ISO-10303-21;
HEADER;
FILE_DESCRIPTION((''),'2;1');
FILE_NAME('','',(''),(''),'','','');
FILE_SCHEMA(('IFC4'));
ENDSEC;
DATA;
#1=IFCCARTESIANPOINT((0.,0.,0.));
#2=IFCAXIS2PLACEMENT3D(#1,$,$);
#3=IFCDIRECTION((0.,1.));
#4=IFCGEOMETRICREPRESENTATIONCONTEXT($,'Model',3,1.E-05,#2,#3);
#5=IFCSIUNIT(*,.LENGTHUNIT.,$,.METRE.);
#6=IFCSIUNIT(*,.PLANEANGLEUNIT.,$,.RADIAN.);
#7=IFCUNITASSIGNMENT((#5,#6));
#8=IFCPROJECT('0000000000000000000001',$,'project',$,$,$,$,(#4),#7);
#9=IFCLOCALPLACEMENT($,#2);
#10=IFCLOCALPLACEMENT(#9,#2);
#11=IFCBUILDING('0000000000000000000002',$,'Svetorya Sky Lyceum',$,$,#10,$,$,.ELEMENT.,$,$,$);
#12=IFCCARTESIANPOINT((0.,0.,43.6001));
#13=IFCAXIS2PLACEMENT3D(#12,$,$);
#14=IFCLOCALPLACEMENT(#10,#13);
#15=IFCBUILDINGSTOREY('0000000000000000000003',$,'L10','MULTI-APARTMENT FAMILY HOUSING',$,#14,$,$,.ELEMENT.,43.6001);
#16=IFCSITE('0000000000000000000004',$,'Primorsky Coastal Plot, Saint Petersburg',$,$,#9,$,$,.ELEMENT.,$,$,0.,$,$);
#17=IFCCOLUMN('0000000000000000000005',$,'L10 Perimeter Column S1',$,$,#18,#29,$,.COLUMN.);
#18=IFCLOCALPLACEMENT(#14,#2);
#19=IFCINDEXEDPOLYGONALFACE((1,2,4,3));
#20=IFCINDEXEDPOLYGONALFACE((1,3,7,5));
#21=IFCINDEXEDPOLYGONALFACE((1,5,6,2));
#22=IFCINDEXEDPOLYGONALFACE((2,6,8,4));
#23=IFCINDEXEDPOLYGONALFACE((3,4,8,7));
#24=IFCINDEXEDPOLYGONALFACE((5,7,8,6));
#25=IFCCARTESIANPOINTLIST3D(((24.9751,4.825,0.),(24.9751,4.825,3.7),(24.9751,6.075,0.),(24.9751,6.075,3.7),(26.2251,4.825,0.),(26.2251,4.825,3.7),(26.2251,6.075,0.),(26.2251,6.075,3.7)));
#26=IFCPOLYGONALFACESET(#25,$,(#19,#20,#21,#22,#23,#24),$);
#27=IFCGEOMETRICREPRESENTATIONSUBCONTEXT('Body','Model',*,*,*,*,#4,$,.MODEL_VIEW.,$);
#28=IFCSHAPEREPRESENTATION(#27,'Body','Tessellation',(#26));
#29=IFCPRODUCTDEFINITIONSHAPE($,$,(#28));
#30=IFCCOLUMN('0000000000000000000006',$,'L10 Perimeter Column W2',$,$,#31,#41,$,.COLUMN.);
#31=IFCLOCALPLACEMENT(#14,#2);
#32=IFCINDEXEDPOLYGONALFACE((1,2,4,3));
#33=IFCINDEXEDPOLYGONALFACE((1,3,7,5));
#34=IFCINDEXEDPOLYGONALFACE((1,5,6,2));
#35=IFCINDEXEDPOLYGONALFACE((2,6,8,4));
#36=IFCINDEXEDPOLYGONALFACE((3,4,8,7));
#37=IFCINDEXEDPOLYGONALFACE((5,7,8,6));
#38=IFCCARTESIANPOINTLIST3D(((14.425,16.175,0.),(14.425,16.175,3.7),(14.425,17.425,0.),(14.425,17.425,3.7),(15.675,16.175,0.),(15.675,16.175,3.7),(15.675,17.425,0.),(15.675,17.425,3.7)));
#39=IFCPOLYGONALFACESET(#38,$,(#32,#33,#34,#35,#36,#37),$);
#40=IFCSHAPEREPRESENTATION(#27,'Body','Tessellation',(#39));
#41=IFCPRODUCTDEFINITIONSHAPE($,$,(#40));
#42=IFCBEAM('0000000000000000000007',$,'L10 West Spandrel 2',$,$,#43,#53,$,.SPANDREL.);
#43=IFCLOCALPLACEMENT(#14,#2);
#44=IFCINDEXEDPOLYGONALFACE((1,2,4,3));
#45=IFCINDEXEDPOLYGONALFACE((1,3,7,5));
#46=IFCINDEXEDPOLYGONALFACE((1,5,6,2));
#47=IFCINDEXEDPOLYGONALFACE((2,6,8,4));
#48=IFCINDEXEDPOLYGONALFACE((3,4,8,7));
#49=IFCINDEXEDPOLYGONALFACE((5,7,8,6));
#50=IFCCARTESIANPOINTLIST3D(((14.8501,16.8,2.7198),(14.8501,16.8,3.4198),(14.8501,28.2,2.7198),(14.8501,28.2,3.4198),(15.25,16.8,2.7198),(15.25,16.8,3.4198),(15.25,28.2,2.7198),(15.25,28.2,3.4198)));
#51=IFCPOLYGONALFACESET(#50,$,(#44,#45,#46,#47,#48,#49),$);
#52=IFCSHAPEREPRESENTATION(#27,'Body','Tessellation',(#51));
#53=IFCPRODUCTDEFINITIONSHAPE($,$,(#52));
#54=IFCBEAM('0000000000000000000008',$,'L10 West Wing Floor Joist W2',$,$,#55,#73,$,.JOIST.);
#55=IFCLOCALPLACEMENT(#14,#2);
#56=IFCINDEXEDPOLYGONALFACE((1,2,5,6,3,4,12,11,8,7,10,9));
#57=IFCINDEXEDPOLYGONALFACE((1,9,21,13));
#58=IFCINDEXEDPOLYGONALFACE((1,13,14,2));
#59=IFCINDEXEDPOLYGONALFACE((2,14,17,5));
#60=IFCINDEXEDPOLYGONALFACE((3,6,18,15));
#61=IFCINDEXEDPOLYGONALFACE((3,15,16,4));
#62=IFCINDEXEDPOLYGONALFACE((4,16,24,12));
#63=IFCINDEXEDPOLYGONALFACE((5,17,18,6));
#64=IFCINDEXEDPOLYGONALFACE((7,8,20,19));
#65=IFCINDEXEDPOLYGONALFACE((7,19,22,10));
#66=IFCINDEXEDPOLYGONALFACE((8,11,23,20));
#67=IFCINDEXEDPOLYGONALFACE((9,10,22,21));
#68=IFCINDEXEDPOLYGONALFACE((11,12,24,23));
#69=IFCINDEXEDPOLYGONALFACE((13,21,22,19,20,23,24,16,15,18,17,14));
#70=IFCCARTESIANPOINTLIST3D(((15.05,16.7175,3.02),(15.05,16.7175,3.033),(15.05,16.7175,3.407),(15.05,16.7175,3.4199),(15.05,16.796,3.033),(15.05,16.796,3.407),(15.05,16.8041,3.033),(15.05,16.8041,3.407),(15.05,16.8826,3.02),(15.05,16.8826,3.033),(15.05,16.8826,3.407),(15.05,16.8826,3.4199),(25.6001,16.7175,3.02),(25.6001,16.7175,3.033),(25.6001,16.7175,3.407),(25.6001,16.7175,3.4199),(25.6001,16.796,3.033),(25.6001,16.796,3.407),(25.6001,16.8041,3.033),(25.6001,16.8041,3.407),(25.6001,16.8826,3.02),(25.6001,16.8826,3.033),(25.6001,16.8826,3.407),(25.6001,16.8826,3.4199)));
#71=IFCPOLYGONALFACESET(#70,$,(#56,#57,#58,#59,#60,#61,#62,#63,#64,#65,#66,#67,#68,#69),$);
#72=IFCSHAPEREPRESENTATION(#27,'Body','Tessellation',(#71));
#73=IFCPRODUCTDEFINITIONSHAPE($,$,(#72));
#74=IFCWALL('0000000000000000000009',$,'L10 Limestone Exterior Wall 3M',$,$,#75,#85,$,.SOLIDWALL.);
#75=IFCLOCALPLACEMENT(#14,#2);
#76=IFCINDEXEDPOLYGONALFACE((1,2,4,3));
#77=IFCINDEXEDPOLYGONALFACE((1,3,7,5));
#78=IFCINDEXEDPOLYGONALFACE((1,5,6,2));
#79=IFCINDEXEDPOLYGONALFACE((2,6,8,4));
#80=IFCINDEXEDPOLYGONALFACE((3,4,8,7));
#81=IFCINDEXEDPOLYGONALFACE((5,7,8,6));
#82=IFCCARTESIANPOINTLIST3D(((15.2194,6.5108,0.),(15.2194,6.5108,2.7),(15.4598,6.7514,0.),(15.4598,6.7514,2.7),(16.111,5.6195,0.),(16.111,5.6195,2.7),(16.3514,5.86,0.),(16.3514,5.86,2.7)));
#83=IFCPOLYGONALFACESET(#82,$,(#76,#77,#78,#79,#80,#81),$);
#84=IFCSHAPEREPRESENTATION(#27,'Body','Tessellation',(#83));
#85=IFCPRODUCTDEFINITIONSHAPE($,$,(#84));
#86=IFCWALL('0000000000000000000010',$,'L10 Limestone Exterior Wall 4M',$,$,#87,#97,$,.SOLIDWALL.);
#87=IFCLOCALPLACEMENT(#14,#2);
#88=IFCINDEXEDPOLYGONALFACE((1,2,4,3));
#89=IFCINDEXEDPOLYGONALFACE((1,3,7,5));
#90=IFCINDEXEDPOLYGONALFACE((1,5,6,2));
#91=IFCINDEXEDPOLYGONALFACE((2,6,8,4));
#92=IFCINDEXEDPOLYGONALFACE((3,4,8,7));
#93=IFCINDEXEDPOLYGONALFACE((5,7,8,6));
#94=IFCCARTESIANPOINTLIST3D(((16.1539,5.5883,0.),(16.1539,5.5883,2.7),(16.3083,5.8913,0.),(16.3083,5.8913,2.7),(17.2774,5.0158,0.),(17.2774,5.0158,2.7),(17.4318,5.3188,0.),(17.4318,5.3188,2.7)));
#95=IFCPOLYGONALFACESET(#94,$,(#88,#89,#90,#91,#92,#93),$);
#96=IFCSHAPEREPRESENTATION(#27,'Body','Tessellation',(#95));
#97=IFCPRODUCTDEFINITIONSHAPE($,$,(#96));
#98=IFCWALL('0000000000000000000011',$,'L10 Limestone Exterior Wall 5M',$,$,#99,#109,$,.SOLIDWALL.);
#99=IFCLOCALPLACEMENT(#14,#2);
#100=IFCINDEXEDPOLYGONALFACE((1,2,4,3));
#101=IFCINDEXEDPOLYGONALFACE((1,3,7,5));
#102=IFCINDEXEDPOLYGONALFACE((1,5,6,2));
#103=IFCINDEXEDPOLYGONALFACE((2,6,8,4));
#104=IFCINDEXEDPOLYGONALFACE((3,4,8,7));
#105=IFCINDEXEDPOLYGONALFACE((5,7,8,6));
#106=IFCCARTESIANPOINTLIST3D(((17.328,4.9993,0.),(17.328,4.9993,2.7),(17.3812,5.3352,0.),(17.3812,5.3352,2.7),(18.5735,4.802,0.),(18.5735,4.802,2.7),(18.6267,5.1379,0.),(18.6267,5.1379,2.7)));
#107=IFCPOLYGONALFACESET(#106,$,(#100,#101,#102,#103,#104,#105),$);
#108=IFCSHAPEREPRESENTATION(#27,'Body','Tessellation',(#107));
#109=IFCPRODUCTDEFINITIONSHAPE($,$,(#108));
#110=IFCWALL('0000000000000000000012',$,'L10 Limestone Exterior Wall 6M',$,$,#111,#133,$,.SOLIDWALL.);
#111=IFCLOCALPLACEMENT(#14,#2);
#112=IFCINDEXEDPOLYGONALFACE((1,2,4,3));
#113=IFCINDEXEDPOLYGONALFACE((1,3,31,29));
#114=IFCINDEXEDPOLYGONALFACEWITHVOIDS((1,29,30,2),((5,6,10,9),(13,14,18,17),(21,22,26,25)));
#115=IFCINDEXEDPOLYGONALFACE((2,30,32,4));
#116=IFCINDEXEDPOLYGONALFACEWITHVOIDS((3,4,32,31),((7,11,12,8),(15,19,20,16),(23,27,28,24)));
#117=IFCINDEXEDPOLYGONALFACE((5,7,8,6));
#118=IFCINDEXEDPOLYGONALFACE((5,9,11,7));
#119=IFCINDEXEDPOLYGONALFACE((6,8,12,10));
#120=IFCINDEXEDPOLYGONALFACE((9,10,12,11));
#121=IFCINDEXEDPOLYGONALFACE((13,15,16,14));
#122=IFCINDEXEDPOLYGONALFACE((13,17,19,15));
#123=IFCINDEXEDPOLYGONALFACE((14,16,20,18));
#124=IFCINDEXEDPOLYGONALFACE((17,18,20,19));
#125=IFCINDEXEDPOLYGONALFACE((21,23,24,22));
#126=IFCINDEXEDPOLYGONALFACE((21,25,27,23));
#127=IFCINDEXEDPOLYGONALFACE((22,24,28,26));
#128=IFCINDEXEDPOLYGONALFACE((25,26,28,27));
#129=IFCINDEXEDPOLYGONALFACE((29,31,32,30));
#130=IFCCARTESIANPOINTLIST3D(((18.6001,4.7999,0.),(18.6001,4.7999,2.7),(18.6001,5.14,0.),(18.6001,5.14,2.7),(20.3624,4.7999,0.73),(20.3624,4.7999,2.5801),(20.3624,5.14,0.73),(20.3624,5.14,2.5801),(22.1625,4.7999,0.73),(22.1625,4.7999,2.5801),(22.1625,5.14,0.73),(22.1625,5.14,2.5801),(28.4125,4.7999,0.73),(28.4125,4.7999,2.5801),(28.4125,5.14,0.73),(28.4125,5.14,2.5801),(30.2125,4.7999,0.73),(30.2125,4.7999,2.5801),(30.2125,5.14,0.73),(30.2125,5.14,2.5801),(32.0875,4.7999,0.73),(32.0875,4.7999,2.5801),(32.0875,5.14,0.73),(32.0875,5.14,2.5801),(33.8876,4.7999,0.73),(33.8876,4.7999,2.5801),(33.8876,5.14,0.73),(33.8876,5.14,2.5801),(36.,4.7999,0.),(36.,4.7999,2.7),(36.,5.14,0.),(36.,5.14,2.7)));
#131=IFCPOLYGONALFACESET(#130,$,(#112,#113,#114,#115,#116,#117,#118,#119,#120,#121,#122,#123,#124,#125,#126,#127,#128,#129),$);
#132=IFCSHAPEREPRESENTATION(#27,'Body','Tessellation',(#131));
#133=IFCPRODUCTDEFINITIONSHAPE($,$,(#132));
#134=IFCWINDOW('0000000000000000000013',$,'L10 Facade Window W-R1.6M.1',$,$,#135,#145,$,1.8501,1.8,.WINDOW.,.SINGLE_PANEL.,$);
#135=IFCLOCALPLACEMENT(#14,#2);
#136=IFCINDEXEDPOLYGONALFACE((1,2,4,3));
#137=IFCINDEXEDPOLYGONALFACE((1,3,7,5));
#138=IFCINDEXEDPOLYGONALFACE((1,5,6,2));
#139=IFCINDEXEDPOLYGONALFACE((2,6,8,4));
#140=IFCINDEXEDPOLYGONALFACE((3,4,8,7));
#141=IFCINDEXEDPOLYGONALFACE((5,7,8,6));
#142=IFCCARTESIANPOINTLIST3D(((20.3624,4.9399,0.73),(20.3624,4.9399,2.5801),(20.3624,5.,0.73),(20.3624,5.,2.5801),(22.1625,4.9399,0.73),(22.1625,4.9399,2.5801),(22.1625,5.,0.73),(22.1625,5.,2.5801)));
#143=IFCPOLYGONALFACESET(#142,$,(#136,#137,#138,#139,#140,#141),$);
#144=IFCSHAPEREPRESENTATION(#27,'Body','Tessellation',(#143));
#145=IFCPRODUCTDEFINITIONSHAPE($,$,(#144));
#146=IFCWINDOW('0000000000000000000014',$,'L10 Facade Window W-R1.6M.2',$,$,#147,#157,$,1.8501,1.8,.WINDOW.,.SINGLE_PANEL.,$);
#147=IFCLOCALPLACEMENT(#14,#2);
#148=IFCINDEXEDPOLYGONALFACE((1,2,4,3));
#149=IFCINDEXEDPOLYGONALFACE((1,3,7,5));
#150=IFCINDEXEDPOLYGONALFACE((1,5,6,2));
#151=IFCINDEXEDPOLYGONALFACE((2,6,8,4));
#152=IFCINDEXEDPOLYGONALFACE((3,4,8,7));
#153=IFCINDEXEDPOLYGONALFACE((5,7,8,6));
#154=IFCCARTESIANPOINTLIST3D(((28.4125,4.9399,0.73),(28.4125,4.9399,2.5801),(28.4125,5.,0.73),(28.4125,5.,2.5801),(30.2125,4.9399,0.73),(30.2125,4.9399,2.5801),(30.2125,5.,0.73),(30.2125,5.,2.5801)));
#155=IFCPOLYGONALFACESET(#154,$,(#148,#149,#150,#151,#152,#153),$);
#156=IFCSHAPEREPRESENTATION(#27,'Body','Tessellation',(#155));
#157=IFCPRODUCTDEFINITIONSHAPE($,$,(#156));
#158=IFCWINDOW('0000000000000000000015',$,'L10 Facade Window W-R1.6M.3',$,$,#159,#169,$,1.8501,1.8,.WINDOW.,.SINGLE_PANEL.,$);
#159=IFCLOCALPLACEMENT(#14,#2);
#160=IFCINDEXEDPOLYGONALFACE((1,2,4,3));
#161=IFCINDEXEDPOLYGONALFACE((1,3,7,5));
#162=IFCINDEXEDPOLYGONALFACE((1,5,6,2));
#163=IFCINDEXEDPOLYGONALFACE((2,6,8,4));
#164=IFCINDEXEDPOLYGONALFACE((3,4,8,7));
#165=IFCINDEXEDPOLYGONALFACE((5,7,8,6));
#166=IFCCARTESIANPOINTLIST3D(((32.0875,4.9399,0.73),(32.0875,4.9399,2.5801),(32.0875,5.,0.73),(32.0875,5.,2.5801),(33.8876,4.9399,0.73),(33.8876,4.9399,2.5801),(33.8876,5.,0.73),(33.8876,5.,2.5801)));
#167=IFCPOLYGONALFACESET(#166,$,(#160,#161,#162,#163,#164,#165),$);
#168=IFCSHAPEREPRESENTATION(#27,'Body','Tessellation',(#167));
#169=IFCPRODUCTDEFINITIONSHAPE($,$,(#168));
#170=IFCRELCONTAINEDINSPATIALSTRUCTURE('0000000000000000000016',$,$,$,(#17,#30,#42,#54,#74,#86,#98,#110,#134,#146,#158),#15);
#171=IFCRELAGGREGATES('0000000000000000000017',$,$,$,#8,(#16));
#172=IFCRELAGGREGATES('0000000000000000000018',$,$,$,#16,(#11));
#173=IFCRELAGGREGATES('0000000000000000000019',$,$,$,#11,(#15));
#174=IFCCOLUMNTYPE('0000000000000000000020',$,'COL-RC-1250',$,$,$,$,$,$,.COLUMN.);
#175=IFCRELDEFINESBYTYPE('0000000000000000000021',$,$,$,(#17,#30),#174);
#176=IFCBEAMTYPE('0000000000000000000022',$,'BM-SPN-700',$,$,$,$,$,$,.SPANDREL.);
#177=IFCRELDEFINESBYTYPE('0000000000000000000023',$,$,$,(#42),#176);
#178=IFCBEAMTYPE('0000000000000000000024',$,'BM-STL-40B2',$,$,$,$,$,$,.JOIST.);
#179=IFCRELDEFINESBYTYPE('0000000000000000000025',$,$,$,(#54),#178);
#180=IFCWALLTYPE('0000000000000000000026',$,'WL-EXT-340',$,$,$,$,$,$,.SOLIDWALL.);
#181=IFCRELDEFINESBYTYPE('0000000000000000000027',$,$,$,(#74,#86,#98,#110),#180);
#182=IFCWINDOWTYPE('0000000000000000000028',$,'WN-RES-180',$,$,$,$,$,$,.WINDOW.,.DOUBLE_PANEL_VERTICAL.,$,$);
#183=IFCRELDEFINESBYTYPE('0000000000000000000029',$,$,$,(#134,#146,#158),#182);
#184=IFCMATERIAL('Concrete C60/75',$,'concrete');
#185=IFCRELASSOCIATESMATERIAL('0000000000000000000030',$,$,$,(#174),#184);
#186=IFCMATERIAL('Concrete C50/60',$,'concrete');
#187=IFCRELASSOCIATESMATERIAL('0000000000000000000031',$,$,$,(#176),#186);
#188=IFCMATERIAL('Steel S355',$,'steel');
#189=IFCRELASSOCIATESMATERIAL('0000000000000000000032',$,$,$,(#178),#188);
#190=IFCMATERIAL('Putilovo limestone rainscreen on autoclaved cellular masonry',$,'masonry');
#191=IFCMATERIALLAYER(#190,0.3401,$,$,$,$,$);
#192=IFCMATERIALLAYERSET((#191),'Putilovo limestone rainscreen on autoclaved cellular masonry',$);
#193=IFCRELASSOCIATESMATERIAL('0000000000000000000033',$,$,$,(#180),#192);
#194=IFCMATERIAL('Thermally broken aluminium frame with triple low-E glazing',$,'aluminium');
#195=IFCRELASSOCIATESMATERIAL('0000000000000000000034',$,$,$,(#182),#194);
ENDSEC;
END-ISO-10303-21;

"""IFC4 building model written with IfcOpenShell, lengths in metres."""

from ifc_helpers import new_model, si_unit, direction, frame, frame_2d, origin, origin_2d, place, context, subcontext, project, spatial, rectangle, i_section, extrude, material, layer, layer_set, material_profile, profile_set, type_object, element, fill, save


model = new_model("IFC4")

# Units and contexts
model_context = context("Model", 3, precision=1e-05, world=origin(), true_north=direction((0.0, 1.0)))
body_context = subcontext(model_context, "Body", "Model", "MODEL_VIEW")
ifc_project = project(units=[si_unit("LENGTHUNIT", "METRE"), si_unit("PLANEANGLEUNIT", "RADIAN")], contexts=[model_context])

# Site, building, storey
site_placement = place(None, origin())
site = spatial("IfcSite", under=ifc_project, at=site_placement, Name="Primorsky Coastal Plot, Saint Petersburg", CompositionType="ELEMENT", RefElevation=0.0)
building_placement = place(site_placement, origin())
building = spatial("IfcBuilding", under=site, at=building_placement, Name="Svetorya Sky Lyceum", CompositionType="ELEMENT")
storey_placement = place(building_placement, frame((0.0, 0.0, 43.6001)))
storey = spatial("IfcBuildingStorey", under=building, at=storey_placement, Name="L10", Description="MULTI-APARTMENT FAMILY HOUSING", CompositionType="ELEMENT", Elevation=43.6001)

# Columns
ifc_material_1 = material(Name="Concrete C60/75", Category="concrete")
ifc_material_profile_1 = material_profile(ifc_material_1, rectangle(XDim=1.25, YDim=1.25, at=origin_2d()), Name="RC COL 1250x1250")
ifc_profile_set_1 = profile_set([ifc_material_profile_1], Name="Concrete C60/75")
column_type = type_object("IfcColumnType", Name="COL-RC-1250", PredefinedType="COLUMN", material=ifc_profile_set_1)
for number, where, z_axis, x_axis, name in (
    (1, (25.6001, 5.45, 0.0), (0.0, 0.0, 1.0), (1.0, 0.0, 0.0), "L10 Perimeter Column S1"),
    (2, (15.05, 16.8, 0.0), (0.0, 0.0, 1.0), (1.0, 0.0, 0.0), "L10 Perimeter Column W2"),
):
    element("IfcColumn", number, at=place(storey_placement, frame(where, z_axis=z_axis, x_axis=x_axis)), inside=storey, type_object=column_type, Name=name, PredefinedType="COLUMN", context=body_context, shape_type="SweptSolid", body=[
        extrude(rectangle(XDim=1.25, YDim=1.25, at=origin_2d()), origin(), (0.0, 0.0, 1.0), 3.7),
    ])

# Beams
ifc_material_2 = material(Name="Concrete C50/60", Category="concrete")
ifc_material_profile_2 = material_profile(ifc_material_2, rectangle(XDim=0.3999, YDim=0.7, at=origin_2d()), Name="RC SPANDREL 400x700")
ifc_profile_set_2 = profile_set([ifc_material_profile_2], Name="Concrete C50/60")
beam_type_1 = type_object("IfcBeamType", Name="BM-SPN-700", PredefinedType="SPANDREL", material=ifc_profile_set_2)
beam_1_placement = place(storey_placement, frame((15.05, 16.8, 3.0698), z_axis=(0.0, 1.0, 0.0), x_axis=(-1.0, 0.0, 0.0)))
element("IfcBeam", 3, at=beam_1_placement, inside=storey, type_object=beam_type_1, Name="L10 West Spandrel 2", PredefinedType="SPANDREL", context=body_context, shape_type="SweptSolid", body=[
    extrude(rectangle(XDim=0.3999, YDim=0.7, at=origin_2d()), origin(), (0.0, 0.0, 1.0), 11.3999),
])
ifc_material_3 = material(Name="Steel S355", Category="steel")
ifc_material_profile_3 = material_profile(ifc_material_3, i_section(OverallWidth=0.165, OverallDepth=0.3999, WebThickness=0.0081, FlangeThickness=0.0129, at=origin_2d()), Name="GOST 40B2")
ifc_profile_set_3 = profile_set([ifc_material_profile_3], Name="Steel S355")
beam_type_2 = type_object("IfcBeamType", Name="BM-STL-40B2", PredefinedType="JOIST", material=ifc_profile_set_3)
beam_2_placement = place(storey_placement, frame((15.05, 16.8, 3.22), z_axis=(1.0, 0.0, 0.0), x_axis=(0.0, 1.0, 0.0)))
element("IfcBeam", 4, at=beam_2_placement, inside=storey, type_object=beam_type_2, Name="L10 West Wing Floor Joist W2", PredefinedType="JOIST", context=body_context, shape_type="SweptSolid", body=[
    extrude(i_section(OverallWidth=0.165, OverallDepth=0.3999, WebThickness=0.0081, FlangeThickness=0.0129, at=origin_2d()), origin(), (0.0, 0.0, 1.0), 10.55),
])

# Walls
ifc_material_4 = material(Name="Putilovo limestone rainscreen on autoclaved cellular masonry", Category="masonry")
ifc_layer_1 = layer(ifc_material_4, 0.3401)
ifc_layer_set_1 = layer_set([ifc_layer_1], Name="Putilovo limestone rainscreen on autoclaved cellular masonry")
wall_type_1 = type_object("IfcWallType", Name="WL-EXT-340", PredefinedType="SOLIDWALL", material=ifc_layer_set_1)
wall_1_placement = place(storey_placement, frame((15.3396, 6.6311, 0.0), z_axis=(0.0, 0.0, 1.0), x_axis=(0.707204, -0.70701, 0.0)))
element("IfcWall", 5, at=wall_1_placement, inside=storey, type_object=wall_type_1, Name="L10 Limestone Exterior Wall 3M", PredefinedType="SOLIDWALL", context=body_context, shape_type="SweptSolid", body=[
    extrude(rectangle(XDim=1.2607, YDim=0.3401, at=frame_2d((0.6304, 0.0))), origin(), (0.0, 0.0, 1.0), 2.7),
])
for number, where, z_axis, x_axis, name in (
    (6, (16.2312, 5.7397, 0.0), (0.0, 0.0, 1.0), (0.890994, -0.454016, 0.0), "L10 Limestone Exterior Wall 4M"),
    (7, (17.3547, 5.1672, 0.0), (0.0, 0.0, 1.0), (0.987686, -0.15645, 0.0), "L10 Limestone Exterior Wall 5M"),
):
    element("IfcWall", number, at=place(storey_placement, frame(where, z_axis=z_axis, x_axis=x_axis)), inside=storey, type_object=wall_type_1, Name=name, PredefinedType="SOLIDWALL", context=body_context, shape_type="SweptSolid", body=[
        extrude(rectangle(XDim=1.261, YDim=0.3401, at=frame_2d((0.6304, 0.0))), origin(), (0.0, 0.0, 1.0), 2.7),
    ])

# Wall, openings, windows
wall_2_placement = place(storey_placement, frame((18.6001, 4.97, 0.0), z_axis=(0.0, 0.0, 1.0), x_axis=(1.0, 0.0, 0.0)))
wall_2 = element("IfcWall", 8, at=wall_2_placement, inside=storey, type_object=wall_type_1, Name="L10 Limestone Exterior Wall 6M", PredefinedType="SOLIDWALL", context=body_context, shape_type="SweptSolid", body=[
    extrude(rectangle(XDim=17.3999, YDim=0.3401, at=frame_2d((8.7, 0.0))), origin(), (0.0, 0.0, 1.0), 2.7),
])
opening_1_placement = place(wall_2_placement, frame((1.7625, 0.0, 0.73)))
opening_1 = element("IfcOpeningElement", 9, at=opening_1_placement, cuts=wall_2, PredefinedType="OPENING", context=body_context, shape_type="SweptSolid", body=[
    extrude(rectangle(XDim=1.8, YDim=1.8501, at=frame_2d((0.8999, 0.925))), frame((0.0, 0.1799, 0.0), z_axis=(0.0, -1.0, 0.0), x_axis=(1.0, 0.0, 0.0)), (0.0, 0.0, 1.0), 0.3601),
])
opening_2_placement = place(wall_2_placement, frame((9.8125, 0.0, 0.73)))
opening_2 = element("IfcOpeningElement", 10, at=opening_2_placement, cuts=wall_2, PredefinedType="OPENING", context=body_context, shape_type="SweptSolid", body=[
    extrude(rectangle(XDim=1.8, YDim=1.8501, at=frame_2d((0.8999, 0.925))), frame((0.0, 0.1799, 0.0), z_axis=(0.0, -1.0, 0.0), x_axis=(1.0, 0.0, 0.0)), (0.0, 0.0, 1.0), 0.3601),
])
opening_3_placement = place(wall_2_placement, frame((13.4875, 0.0, 0.73)))
opening_3 = element("IfcOpeningElement", 11, at=opening_3_placement, cuts=wall_2, PredefinedType="OPENING", context=body_context, shape_type="SweptSolid", body=[
    extrude(rectangle(XDim=1.8, YDim=1.8501, at=frame_2d((0.8999, 0.925))), frame((0.0, 0.1799, 0.0), z_axis=(0.0, -1.0, 0.0), x_axis=(1.0, 0.0, 0.0)), (0.0, 0.0, 1.0), 0.3601),
])
ifc_material_5 = material(Name="Thermally broken aluminium frame with triple low-E glazing", Category="aluminium")
window_type = type_object("IfcWindowType", Name="WN-RES-180", PartitioningType="DOUBLE_PANEL_VERTICAL", PredefinedType="WINDOW", material=ifc_material_5)
window_1_placement = place(opening_1_placement, origin())
window_1 = element("IfcWindow", 12, at=window_1_placement, inside=storey, type_object=window_type, Name="L10 Facade Window W-R1.6M.1", OverallHeight=1.8501, OverallWidth=1.8, PartitioningType="SINGLE_PANEL", PredefinedType="WINDOW", context=body_context, shape_type="SweptSolid", body=[
    extrude(rectangle(XDim=1.8, YDim=1.8501, at=frame_2d((0.8999, 0.925))), frame((0.0, 0.03, 0.0), z_axis=(0.0, -1.0, 0.0), x_axis=(1.0, 0.0, 0.0)), (0.0, 0.0, 1.0), 0.0601),
])
fill(opening_1, window_1)
window_2_placement = place(opening_2_placement, origin())
window_2 = element("IfcWindow", 13, at=window_2_placement, inside=storey, type_object=window_type, Name="L10 Facade Window W-R1.6M.2", OverallHeight=1.8501, OverallWidth=1.8, PartitioningType="SINGLE_PANEL", PredefinedType="WINDOW", context=body_context, shape_type="SweptSolid", body=[
    extrude(rectangle(XDim=1.8, YDim=1.8501, at=frame_2d((0.8999, 0.925))), frame((0.0, 0.03, 0.0), z_axis=(0.0, -1.0, 0.0), x_axis=(1.0, 0.0, 0.0)), (0.0, 0.0, 1.0), 0.0601),
])
fill(opening_2, window_2)
window_3_placement = place(opening_3_placement, origin())
window_3 = element("IfcWindow", 14, at=window_3_placement, inside=storey, type_object=window_type, Name="L10 Facade Window W-R1.6M.3", OverallHeight=1.8501, OverallWidth=1.8, PartitioningType="SINGLE_PANEL", PredefinedType="WINDOW", context=body_context, shape_type="SweptSolid", body=[
    extrude(rectangle(XDim=1.8, YDim=1.8501, at=frame_2d((0.8999, 0.925))), frame((0.0, 0.03, 0.0), z_axis=(0.0, -1.0, 0.0), x_axis=(1.0, 0.0, 0.0)), (0.0, 0.0, 1.0), 0.0601),
])
fill(opening_3, window_3)

save(model, "model.ifc")
